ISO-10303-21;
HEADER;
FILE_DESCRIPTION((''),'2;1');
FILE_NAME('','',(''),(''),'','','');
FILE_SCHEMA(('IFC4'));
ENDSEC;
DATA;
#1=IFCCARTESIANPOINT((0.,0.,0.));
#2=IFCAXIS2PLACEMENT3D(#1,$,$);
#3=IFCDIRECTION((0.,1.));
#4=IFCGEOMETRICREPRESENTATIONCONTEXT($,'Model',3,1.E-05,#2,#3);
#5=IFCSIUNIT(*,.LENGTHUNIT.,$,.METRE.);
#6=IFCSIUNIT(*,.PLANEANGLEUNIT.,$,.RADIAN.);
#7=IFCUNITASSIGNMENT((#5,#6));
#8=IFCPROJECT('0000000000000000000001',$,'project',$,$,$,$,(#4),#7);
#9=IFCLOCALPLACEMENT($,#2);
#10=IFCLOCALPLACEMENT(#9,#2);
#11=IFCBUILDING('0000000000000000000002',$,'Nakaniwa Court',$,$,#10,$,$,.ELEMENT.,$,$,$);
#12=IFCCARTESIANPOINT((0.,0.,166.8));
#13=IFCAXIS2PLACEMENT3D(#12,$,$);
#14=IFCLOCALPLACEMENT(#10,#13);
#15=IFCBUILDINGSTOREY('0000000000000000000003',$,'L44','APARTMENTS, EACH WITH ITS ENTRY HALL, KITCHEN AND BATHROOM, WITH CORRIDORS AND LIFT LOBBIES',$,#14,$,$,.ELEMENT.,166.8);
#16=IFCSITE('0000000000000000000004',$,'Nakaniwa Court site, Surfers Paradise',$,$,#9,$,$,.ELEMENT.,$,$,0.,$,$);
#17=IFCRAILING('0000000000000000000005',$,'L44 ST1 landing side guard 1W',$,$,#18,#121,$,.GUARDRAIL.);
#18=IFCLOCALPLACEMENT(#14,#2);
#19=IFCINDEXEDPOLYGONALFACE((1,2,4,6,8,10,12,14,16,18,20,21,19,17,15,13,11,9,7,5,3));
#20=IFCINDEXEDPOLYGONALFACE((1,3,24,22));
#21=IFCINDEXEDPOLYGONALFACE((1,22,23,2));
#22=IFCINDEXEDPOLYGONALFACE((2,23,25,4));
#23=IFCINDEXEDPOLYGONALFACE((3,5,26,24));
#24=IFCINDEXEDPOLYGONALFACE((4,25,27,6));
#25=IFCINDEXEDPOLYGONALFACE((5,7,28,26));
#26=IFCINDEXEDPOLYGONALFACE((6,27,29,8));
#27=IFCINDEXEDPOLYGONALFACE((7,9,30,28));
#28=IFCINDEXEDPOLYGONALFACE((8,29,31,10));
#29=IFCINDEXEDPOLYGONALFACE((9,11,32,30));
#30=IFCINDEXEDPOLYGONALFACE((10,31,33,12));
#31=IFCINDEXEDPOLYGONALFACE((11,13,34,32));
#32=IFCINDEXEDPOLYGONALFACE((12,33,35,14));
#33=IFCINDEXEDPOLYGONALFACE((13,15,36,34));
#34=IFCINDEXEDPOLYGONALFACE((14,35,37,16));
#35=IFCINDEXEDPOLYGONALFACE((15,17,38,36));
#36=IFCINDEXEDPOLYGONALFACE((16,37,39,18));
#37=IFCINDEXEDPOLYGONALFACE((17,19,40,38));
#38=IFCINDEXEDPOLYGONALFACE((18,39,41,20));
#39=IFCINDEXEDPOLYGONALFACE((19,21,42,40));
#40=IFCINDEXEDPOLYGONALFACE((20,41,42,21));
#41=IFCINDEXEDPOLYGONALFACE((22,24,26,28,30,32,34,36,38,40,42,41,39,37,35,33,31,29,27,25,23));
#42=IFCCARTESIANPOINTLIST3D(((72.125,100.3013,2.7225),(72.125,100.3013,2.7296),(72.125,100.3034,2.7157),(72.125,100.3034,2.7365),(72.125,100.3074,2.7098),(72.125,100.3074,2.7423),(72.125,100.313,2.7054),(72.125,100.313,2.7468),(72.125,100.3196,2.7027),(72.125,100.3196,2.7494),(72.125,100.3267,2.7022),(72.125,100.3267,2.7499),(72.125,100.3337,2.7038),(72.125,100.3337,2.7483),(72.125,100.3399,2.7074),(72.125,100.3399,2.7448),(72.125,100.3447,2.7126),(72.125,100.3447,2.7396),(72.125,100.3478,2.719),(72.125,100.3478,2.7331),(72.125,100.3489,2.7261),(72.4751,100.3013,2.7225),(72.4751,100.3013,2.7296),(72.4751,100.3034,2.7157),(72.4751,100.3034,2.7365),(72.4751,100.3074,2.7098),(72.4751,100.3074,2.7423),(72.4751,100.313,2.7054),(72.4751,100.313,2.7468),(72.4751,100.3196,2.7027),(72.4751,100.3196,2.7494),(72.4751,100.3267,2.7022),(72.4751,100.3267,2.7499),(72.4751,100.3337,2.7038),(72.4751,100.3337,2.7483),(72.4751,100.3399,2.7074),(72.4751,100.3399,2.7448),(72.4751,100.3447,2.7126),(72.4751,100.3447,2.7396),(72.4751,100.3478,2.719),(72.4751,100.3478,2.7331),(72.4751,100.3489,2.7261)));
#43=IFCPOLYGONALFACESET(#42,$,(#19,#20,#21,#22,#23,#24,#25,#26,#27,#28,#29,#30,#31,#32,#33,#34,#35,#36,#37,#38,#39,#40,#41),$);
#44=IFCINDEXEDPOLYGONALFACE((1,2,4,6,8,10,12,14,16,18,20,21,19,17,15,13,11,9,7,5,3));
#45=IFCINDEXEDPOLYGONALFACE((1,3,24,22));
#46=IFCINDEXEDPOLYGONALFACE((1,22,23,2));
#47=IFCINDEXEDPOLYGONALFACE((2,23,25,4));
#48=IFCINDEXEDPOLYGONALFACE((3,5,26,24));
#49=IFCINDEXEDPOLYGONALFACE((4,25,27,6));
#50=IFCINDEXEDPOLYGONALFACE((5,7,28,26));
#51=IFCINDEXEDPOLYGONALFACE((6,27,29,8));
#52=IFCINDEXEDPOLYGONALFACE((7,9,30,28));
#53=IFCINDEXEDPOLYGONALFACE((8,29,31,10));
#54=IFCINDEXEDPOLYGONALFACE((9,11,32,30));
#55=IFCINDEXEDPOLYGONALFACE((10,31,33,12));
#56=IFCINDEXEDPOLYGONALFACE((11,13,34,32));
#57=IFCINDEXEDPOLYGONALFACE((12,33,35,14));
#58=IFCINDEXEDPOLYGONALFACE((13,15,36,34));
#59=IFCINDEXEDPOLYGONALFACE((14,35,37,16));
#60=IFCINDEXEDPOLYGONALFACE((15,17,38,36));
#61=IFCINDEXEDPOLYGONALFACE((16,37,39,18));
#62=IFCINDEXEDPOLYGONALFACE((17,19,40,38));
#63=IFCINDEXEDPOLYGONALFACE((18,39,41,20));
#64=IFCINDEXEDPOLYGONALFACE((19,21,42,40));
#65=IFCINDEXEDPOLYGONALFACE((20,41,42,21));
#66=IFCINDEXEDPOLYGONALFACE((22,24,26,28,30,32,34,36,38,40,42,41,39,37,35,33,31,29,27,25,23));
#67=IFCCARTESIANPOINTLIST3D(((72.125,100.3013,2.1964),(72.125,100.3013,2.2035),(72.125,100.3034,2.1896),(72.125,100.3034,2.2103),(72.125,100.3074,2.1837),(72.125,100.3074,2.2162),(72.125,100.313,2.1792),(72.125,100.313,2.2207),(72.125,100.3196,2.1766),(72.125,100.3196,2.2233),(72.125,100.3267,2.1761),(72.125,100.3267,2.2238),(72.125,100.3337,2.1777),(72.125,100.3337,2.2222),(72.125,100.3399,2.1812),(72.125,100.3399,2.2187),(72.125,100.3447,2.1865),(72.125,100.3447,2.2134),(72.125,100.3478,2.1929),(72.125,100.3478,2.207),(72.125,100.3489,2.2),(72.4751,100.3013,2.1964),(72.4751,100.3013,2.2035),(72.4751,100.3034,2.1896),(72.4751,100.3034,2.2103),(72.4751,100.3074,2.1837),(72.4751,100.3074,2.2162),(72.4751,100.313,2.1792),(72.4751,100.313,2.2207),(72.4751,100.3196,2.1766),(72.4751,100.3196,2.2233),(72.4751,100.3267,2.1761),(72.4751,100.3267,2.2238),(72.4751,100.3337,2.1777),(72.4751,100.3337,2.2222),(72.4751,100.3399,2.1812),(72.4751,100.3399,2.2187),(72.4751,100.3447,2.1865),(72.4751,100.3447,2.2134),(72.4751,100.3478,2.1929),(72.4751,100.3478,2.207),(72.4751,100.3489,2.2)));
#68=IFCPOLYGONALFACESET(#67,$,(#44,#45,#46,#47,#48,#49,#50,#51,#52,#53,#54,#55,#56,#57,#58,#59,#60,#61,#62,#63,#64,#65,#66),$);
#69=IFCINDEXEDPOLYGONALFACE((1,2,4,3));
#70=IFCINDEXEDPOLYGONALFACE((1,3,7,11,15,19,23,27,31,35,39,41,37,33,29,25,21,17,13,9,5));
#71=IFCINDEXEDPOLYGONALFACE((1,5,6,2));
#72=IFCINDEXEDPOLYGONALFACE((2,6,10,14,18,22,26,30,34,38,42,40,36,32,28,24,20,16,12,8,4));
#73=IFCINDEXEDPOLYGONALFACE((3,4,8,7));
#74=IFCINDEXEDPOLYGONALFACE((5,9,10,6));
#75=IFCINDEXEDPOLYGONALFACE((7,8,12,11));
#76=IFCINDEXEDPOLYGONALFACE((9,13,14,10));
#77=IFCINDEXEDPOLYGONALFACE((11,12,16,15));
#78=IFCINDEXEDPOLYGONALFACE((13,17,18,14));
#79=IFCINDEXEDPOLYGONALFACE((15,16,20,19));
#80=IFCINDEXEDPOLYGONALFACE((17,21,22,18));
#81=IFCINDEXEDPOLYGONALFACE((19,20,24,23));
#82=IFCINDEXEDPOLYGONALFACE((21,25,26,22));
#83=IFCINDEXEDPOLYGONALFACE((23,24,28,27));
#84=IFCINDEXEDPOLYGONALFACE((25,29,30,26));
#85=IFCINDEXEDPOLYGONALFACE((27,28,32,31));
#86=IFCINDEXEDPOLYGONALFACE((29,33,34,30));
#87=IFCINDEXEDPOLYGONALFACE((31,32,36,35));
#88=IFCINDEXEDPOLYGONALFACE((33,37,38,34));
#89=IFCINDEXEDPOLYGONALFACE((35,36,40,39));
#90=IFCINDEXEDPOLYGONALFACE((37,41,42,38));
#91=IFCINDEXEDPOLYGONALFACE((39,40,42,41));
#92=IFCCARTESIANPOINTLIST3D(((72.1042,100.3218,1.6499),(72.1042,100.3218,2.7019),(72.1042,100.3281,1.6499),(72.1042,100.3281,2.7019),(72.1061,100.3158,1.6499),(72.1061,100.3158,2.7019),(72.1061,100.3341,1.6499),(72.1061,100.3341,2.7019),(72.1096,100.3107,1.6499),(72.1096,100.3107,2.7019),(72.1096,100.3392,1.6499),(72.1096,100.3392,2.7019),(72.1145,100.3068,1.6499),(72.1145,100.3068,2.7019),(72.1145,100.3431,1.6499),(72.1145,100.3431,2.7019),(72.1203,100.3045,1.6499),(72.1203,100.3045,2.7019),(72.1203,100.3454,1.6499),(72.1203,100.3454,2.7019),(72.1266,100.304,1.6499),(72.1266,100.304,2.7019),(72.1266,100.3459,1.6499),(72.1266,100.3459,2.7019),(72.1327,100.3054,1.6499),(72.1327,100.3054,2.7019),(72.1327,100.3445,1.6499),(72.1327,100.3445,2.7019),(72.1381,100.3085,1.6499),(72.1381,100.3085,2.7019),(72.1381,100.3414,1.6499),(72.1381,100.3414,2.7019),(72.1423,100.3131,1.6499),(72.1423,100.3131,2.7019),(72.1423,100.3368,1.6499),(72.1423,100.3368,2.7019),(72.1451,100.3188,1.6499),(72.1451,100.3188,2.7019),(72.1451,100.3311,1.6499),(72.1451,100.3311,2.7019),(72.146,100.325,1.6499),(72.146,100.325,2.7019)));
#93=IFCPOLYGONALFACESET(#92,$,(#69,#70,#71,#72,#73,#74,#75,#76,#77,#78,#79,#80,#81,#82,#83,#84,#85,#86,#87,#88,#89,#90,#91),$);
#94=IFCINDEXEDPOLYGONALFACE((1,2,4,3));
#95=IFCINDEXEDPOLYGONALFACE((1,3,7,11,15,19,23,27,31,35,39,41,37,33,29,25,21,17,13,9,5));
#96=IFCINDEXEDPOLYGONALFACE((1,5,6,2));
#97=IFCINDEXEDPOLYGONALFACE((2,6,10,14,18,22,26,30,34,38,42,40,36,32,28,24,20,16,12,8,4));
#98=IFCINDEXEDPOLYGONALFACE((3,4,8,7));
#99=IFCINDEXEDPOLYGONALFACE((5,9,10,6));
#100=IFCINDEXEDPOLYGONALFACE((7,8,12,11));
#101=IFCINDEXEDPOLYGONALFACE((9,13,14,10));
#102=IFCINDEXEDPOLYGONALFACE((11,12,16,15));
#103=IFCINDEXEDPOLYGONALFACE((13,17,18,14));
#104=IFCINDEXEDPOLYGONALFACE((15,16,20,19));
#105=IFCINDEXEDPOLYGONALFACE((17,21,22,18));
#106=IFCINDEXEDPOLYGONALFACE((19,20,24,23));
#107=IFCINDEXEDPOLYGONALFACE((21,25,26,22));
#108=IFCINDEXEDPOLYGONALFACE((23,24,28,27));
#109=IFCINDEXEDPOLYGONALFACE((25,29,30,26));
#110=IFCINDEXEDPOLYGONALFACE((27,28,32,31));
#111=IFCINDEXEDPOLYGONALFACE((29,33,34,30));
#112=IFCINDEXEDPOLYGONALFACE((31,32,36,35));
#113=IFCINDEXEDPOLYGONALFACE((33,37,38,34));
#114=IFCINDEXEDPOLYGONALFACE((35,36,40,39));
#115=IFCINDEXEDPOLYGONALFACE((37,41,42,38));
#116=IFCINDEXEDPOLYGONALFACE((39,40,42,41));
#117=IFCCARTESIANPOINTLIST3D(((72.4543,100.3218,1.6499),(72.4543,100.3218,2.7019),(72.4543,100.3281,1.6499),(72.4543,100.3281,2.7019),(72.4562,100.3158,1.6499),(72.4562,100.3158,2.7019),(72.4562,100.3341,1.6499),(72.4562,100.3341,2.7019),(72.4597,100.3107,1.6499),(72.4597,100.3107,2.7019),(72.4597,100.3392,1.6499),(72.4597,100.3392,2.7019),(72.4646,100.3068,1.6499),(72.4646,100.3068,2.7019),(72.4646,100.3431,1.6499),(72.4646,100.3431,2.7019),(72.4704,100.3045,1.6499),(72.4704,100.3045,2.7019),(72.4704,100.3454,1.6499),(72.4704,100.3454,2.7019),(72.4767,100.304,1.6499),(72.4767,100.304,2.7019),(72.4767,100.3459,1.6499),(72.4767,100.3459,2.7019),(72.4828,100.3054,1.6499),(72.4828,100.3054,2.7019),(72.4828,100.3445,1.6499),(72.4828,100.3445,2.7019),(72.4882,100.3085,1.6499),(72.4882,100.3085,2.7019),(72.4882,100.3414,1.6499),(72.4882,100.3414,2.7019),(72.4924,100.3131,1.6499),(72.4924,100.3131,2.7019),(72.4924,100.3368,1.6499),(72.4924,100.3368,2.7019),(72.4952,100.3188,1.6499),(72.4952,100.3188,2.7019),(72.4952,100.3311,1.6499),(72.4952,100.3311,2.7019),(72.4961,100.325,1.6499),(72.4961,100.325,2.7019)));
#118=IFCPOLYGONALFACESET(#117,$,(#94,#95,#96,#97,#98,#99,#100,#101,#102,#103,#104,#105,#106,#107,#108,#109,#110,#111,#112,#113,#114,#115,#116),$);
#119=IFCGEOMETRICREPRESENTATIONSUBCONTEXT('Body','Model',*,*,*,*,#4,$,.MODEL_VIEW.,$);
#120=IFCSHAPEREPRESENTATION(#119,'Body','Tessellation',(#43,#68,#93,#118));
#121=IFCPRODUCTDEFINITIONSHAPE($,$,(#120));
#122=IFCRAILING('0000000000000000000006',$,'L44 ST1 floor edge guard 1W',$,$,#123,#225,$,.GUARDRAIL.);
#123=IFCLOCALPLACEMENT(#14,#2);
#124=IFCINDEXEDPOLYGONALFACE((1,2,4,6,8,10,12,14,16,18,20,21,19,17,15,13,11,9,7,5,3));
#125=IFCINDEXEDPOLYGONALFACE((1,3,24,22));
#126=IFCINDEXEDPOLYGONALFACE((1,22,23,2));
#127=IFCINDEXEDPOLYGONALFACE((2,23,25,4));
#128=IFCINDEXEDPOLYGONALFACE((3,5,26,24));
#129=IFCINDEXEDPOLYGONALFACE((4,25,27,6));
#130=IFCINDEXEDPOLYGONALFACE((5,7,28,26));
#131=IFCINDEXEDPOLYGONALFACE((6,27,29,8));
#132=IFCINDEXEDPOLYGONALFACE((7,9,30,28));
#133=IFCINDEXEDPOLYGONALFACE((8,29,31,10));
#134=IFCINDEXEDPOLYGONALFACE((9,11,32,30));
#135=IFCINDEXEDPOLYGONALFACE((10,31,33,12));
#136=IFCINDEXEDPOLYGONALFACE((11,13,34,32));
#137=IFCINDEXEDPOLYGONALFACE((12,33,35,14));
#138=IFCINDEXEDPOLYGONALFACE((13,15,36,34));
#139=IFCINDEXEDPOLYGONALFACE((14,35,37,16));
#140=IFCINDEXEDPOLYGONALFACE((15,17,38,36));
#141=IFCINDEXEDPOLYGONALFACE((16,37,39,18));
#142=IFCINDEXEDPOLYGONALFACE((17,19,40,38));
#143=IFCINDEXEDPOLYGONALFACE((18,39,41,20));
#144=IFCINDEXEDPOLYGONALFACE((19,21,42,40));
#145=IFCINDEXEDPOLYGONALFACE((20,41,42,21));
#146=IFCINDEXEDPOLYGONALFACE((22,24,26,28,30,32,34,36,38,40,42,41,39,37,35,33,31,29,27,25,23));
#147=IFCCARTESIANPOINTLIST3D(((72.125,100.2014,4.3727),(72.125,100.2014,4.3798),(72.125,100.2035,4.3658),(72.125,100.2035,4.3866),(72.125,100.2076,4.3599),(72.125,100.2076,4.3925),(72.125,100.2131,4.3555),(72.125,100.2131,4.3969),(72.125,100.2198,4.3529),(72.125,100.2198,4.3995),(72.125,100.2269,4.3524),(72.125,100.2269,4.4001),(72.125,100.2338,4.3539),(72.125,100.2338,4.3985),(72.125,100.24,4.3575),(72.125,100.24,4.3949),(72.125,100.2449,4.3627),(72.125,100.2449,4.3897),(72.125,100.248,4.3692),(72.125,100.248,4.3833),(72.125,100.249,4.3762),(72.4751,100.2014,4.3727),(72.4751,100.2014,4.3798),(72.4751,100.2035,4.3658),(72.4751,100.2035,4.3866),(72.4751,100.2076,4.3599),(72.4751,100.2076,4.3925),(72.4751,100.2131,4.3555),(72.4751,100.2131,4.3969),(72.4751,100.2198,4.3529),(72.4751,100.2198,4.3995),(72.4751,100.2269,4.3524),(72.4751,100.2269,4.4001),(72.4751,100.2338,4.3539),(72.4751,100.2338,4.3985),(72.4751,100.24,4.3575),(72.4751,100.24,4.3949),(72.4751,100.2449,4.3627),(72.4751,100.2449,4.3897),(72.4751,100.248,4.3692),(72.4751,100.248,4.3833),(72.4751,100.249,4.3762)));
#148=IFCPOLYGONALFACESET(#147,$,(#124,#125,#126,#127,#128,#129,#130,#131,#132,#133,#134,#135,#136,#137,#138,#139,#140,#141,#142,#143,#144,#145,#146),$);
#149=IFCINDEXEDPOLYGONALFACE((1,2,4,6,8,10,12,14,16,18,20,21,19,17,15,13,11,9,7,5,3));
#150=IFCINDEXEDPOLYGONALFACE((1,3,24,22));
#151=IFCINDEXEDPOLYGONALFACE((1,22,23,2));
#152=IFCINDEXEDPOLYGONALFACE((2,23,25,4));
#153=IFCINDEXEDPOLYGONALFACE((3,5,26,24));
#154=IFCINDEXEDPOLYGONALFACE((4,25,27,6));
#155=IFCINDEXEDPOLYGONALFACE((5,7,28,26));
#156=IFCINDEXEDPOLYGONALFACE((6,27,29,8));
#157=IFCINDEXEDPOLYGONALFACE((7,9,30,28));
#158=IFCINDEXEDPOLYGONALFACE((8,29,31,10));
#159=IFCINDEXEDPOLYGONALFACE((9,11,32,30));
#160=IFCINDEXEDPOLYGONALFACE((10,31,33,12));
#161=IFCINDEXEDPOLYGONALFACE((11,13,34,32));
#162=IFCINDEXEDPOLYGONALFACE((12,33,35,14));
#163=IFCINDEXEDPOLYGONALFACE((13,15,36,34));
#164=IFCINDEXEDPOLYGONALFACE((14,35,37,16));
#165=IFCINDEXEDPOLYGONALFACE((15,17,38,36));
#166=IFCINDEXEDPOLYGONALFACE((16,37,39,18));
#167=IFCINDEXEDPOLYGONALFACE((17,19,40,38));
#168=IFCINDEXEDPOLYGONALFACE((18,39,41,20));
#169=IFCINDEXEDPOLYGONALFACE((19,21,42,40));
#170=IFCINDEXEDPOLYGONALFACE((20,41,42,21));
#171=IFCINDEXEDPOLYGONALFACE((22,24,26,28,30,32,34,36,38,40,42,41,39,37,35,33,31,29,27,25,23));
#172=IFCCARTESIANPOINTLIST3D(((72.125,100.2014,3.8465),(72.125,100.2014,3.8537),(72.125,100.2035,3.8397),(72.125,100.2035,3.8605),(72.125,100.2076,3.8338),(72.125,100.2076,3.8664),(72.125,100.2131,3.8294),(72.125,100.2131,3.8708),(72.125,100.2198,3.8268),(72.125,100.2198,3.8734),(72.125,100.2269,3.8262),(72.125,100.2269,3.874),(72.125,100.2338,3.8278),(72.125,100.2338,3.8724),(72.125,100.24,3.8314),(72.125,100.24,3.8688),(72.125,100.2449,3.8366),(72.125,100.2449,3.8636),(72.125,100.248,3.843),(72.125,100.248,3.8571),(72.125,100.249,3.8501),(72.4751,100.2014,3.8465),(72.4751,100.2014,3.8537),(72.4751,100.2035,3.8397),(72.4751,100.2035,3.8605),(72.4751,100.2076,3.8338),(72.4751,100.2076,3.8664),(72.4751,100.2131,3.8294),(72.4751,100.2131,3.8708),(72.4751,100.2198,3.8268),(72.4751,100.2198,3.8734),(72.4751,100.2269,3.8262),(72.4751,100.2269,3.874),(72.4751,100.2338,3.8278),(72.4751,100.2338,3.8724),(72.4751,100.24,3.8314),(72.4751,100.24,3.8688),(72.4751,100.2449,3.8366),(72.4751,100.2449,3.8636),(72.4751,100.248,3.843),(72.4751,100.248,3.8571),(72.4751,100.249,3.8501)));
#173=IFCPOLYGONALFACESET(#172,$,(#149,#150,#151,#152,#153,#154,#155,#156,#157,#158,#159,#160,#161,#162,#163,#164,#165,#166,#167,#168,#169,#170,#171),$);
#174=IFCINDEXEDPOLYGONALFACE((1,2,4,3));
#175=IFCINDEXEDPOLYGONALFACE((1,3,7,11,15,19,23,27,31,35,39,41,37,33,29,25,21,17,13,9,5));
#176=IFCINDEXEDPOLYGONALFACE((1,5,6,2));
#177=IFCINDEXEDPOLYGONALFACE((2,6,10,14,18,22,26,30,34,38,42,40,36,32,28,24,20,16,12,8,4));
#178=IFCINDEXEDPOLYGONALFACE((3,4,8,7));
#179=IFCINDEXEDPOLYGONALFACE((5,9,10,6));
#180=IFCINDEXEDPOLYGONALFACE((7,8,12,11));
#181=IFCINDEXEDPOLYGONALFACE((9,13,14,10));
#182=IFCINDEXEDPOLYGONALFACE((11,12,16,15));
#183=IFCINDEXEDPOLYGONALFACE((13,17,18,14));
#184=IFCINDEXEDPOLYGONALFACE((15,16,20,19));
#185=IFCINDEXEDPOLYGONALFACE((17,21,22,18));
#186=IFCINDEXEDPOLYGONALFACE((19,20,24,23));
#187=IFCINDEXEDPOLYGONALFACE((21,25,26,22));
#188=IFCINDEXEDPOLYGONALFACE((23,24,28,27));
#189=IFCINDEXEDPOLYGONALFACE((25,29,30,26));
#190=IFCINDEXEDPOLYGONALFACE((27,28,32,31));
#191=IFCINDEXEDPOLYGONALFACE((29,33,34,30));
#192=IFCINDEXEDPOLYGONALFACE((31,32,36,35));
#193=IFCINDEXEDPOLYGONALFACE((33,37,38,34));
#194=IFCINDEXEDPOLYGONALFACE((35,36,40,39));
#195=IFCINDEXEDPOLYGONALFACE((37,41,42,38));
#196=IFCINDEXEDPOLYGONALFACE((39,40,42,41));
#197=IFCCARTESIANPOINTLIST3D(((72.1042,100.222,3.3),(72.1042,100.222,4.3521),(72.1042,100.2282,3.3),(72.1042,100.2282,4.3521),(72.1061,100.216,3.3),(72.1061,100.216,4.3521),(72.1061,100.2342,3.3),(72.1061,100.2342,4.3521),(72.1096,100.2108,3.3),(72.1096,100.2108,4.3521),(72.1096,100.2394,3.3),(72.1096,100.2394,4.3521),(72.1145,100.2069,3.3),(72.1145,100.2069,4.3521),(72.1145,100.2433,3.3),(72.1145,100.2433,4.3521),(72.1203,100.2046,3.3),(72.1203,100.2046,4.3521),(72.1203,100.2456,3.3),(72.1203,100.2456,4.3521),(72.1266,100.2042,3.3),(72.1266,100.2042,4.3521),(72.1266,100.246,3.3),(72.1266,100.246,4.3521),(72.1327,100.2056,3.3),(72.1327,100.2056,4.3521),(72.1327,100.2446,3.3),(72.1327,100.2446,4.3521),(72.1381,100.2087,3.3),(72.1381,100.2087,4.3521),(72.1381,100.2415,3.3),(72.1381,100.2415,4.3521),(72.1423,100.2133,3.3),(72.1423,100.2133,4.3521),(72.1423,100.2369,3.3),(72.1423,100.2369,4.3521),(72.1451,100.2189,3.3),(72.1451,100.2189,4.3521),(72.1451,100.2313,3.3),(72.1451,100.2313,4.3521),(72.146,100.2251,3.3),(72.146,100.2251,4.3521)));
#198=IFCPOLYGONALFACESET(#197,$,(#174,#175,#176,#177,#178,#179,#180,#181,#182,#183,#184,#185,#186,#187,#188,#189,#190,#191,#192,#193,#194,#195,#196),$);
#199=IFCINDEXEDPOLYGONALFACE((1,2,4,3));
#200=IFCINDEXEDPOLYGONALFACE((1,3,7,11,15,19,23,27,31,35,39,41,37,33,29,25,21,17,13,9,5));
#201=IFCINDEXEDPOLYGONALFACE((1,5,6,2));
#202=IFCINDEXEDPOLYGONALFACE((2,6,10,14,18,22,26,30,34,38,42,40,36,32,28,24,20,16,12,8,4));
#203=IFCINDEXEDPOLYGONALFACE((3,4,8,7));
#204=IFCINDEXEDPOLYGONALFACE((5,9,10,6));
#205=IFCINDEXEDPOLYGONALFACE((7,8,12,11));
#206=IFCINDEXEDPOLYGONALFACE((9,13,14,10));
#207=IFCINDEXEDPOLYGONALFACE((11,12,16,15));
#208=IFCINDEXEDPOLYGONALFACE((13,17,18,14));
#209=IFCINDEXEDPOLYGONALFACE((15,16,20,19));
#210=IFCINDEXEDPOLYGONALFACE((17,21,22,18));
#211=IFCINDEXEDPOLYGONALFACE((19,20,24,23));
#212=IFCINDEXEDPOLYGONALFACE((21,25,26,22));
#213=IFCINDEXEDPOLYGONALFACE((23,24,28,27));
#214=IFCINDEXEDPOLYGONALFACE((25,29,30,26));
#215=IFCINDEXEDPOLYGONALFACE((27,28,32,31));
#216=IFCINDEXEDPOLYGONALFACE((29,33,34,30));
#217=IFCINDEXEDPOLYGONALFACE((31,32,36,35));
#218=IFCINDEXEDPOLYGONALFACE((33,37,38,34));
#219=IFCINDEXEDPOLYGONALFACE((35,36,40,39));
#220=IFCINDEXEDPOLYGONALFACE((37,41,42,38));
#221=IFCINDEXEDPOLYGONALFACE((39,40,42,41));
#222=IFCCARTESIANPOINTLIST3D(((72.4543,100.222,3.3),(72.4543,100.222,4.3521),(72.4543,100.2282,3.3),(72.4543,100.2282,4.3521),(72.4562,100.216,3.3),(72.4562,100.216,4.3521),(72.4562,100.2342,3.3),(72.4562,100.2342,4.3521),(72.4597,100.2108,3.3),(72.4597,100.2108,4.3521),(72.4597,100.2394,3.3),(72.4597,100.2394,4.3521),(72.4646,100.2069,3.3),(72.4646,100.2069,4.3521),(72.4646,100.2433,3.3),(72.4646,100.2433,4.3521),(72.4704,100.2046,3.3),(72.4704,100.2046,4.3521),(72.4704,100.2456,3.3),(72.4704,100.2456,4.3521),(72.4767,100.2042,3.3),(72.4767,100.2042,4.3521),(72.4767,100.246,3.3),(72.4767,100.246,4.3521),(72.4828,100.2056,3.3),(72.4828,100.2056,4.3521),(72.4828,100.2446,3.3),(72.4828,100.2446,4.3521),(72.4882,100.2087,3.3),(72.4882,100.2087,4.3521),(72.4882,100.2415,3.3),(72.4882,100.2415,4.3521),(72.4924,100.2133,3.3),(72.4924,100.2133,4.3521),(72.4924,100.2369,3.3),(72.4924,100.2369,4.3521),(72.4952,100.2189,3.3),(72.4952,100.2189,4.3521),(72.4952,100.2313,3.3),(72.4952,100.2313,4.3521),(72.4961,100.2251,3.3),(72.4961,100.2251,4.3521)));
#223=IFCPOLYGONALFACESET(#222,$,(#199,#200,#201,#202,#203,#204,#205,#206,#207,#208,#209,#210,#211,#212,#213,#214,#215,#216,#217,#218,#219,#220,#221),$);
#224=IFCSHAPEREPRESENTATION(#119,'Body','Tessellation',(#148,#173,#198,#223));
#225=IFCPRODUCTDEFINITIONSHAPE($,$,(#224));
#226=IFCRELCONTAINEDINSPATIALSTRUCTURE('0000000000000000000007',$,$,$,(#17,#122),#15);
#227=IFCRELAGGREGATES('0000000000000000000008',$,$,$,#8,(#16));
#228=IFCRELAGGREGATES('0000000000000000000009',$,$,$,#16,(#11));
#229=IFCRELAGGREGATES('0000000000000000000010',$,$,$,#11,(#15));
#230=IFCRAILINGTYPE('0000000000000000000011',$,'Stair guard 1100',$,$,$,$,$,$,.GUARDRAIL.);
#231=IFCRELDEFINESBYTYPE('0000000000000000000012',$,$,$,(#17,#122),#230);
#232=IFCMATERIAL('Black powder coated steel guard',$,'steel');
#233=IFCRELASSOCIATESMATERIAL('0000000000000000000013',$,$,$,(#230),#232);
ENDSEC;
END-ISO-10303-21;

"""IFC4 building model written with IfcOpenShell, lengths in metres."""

from ifc_helpers import new_model, si_unit, direction, frame, origin, origin_2d, place, context, subcontext, project, spatial, circle, extrude, material, type_object, element, save


model = new_model("IFC4")

# Units and contexts
model_context = context("Model", 3, precision=1e-05, world=origin(), true_north=direction((0.0, 1.0)))
body_context = subcontext(model_context, "Body", "Model", "MODEL_VIEW")
ifc_project = project(units=[si_unit("LENGTHUNIT", "METRE"), si_unit("PLANEANGLEUNIT", "RADIAN")], contexts=[model_context])

# Site, building, storey
site_placement = place(None, origin())
site = spatial("IfcSite", under=ifc_project, at=site_placement, Name="Nakaniwa Court site, Surfers Paradise", CompositionType="ELEMENT", RefElevation=0.0)
building_placement = place(site_placement, origin())
building = spatial("IfcBuilding", under=site, at=building_placement, Name="Nakaniwa Court", CompositionType="ELEMENT")
storey_placement = place(building_placement, frame((0.0, 0.0, 166.8)))
storey = spatial("IfcBuildingStorey", under=building, at=storey_placement, Name="L44", Description="APARTMENTS, EACH WITH ITS ENTRY HALL, KITCHEN AND BATHROOM, WITH CORRIDORS AND LIFT LOBBIES", CompositionType="ELEMENT", Elevation=166.8)

# Railings
ifc_material_1 = material(Name="Black powder coated steel guard", Category="steel")
railing_type_1 = type_object("IfcRailingType", Name="Stair guard 1100", PredefinedType="GUARDRAIL", material=ifc_material_1)
for number, where, name in (
    (1, (72.125, 100.325, 1.6499), "L44 ST1 landing side guard 1W"),
    (2, (72.125, 100.2251, 3.3), "L44 ST1 floor edge guard 1W"),
):
    element("IfcRailing", number, at=place(storey_placement, frame(where)), inside=storey, type_object=railing_type_1, Name=name, PredefinedType="GUARDRAIL", context=body_context, shape_type="SweptSolid", body=[
        extrude(circle(Radius=0.0239, at=origin_2d()), frame((0.0, 0.0, 1.0762), z_axis=(1.0, 0.0, 0.0), x_axis=(0.0, 1.0, 0.0)), (0.0, 0.0, 1.0), 0.3501),
        extrude(circle(Radius=0.0239, at=origin_2d()), frame((0.0, 0.0, 0.55), z_axis=(1.0, 0.0, 0.0), x_axis=(0.0, 1.0, 0.0)), (0.0, 0.0, 1.0), 0.3501),
        extrude(circle(Radius=0.021, at=origin_2d()), origin(), (0.0, 0.0, 1.0), 1.052),
        extrude(circle(Radius=0.021, at=origin_2d()), frame((0.3501, 0.0, 0.0)), (0.0, 0.0, 1.0), 1.052),
    ])

save(model, "model.ifc")
